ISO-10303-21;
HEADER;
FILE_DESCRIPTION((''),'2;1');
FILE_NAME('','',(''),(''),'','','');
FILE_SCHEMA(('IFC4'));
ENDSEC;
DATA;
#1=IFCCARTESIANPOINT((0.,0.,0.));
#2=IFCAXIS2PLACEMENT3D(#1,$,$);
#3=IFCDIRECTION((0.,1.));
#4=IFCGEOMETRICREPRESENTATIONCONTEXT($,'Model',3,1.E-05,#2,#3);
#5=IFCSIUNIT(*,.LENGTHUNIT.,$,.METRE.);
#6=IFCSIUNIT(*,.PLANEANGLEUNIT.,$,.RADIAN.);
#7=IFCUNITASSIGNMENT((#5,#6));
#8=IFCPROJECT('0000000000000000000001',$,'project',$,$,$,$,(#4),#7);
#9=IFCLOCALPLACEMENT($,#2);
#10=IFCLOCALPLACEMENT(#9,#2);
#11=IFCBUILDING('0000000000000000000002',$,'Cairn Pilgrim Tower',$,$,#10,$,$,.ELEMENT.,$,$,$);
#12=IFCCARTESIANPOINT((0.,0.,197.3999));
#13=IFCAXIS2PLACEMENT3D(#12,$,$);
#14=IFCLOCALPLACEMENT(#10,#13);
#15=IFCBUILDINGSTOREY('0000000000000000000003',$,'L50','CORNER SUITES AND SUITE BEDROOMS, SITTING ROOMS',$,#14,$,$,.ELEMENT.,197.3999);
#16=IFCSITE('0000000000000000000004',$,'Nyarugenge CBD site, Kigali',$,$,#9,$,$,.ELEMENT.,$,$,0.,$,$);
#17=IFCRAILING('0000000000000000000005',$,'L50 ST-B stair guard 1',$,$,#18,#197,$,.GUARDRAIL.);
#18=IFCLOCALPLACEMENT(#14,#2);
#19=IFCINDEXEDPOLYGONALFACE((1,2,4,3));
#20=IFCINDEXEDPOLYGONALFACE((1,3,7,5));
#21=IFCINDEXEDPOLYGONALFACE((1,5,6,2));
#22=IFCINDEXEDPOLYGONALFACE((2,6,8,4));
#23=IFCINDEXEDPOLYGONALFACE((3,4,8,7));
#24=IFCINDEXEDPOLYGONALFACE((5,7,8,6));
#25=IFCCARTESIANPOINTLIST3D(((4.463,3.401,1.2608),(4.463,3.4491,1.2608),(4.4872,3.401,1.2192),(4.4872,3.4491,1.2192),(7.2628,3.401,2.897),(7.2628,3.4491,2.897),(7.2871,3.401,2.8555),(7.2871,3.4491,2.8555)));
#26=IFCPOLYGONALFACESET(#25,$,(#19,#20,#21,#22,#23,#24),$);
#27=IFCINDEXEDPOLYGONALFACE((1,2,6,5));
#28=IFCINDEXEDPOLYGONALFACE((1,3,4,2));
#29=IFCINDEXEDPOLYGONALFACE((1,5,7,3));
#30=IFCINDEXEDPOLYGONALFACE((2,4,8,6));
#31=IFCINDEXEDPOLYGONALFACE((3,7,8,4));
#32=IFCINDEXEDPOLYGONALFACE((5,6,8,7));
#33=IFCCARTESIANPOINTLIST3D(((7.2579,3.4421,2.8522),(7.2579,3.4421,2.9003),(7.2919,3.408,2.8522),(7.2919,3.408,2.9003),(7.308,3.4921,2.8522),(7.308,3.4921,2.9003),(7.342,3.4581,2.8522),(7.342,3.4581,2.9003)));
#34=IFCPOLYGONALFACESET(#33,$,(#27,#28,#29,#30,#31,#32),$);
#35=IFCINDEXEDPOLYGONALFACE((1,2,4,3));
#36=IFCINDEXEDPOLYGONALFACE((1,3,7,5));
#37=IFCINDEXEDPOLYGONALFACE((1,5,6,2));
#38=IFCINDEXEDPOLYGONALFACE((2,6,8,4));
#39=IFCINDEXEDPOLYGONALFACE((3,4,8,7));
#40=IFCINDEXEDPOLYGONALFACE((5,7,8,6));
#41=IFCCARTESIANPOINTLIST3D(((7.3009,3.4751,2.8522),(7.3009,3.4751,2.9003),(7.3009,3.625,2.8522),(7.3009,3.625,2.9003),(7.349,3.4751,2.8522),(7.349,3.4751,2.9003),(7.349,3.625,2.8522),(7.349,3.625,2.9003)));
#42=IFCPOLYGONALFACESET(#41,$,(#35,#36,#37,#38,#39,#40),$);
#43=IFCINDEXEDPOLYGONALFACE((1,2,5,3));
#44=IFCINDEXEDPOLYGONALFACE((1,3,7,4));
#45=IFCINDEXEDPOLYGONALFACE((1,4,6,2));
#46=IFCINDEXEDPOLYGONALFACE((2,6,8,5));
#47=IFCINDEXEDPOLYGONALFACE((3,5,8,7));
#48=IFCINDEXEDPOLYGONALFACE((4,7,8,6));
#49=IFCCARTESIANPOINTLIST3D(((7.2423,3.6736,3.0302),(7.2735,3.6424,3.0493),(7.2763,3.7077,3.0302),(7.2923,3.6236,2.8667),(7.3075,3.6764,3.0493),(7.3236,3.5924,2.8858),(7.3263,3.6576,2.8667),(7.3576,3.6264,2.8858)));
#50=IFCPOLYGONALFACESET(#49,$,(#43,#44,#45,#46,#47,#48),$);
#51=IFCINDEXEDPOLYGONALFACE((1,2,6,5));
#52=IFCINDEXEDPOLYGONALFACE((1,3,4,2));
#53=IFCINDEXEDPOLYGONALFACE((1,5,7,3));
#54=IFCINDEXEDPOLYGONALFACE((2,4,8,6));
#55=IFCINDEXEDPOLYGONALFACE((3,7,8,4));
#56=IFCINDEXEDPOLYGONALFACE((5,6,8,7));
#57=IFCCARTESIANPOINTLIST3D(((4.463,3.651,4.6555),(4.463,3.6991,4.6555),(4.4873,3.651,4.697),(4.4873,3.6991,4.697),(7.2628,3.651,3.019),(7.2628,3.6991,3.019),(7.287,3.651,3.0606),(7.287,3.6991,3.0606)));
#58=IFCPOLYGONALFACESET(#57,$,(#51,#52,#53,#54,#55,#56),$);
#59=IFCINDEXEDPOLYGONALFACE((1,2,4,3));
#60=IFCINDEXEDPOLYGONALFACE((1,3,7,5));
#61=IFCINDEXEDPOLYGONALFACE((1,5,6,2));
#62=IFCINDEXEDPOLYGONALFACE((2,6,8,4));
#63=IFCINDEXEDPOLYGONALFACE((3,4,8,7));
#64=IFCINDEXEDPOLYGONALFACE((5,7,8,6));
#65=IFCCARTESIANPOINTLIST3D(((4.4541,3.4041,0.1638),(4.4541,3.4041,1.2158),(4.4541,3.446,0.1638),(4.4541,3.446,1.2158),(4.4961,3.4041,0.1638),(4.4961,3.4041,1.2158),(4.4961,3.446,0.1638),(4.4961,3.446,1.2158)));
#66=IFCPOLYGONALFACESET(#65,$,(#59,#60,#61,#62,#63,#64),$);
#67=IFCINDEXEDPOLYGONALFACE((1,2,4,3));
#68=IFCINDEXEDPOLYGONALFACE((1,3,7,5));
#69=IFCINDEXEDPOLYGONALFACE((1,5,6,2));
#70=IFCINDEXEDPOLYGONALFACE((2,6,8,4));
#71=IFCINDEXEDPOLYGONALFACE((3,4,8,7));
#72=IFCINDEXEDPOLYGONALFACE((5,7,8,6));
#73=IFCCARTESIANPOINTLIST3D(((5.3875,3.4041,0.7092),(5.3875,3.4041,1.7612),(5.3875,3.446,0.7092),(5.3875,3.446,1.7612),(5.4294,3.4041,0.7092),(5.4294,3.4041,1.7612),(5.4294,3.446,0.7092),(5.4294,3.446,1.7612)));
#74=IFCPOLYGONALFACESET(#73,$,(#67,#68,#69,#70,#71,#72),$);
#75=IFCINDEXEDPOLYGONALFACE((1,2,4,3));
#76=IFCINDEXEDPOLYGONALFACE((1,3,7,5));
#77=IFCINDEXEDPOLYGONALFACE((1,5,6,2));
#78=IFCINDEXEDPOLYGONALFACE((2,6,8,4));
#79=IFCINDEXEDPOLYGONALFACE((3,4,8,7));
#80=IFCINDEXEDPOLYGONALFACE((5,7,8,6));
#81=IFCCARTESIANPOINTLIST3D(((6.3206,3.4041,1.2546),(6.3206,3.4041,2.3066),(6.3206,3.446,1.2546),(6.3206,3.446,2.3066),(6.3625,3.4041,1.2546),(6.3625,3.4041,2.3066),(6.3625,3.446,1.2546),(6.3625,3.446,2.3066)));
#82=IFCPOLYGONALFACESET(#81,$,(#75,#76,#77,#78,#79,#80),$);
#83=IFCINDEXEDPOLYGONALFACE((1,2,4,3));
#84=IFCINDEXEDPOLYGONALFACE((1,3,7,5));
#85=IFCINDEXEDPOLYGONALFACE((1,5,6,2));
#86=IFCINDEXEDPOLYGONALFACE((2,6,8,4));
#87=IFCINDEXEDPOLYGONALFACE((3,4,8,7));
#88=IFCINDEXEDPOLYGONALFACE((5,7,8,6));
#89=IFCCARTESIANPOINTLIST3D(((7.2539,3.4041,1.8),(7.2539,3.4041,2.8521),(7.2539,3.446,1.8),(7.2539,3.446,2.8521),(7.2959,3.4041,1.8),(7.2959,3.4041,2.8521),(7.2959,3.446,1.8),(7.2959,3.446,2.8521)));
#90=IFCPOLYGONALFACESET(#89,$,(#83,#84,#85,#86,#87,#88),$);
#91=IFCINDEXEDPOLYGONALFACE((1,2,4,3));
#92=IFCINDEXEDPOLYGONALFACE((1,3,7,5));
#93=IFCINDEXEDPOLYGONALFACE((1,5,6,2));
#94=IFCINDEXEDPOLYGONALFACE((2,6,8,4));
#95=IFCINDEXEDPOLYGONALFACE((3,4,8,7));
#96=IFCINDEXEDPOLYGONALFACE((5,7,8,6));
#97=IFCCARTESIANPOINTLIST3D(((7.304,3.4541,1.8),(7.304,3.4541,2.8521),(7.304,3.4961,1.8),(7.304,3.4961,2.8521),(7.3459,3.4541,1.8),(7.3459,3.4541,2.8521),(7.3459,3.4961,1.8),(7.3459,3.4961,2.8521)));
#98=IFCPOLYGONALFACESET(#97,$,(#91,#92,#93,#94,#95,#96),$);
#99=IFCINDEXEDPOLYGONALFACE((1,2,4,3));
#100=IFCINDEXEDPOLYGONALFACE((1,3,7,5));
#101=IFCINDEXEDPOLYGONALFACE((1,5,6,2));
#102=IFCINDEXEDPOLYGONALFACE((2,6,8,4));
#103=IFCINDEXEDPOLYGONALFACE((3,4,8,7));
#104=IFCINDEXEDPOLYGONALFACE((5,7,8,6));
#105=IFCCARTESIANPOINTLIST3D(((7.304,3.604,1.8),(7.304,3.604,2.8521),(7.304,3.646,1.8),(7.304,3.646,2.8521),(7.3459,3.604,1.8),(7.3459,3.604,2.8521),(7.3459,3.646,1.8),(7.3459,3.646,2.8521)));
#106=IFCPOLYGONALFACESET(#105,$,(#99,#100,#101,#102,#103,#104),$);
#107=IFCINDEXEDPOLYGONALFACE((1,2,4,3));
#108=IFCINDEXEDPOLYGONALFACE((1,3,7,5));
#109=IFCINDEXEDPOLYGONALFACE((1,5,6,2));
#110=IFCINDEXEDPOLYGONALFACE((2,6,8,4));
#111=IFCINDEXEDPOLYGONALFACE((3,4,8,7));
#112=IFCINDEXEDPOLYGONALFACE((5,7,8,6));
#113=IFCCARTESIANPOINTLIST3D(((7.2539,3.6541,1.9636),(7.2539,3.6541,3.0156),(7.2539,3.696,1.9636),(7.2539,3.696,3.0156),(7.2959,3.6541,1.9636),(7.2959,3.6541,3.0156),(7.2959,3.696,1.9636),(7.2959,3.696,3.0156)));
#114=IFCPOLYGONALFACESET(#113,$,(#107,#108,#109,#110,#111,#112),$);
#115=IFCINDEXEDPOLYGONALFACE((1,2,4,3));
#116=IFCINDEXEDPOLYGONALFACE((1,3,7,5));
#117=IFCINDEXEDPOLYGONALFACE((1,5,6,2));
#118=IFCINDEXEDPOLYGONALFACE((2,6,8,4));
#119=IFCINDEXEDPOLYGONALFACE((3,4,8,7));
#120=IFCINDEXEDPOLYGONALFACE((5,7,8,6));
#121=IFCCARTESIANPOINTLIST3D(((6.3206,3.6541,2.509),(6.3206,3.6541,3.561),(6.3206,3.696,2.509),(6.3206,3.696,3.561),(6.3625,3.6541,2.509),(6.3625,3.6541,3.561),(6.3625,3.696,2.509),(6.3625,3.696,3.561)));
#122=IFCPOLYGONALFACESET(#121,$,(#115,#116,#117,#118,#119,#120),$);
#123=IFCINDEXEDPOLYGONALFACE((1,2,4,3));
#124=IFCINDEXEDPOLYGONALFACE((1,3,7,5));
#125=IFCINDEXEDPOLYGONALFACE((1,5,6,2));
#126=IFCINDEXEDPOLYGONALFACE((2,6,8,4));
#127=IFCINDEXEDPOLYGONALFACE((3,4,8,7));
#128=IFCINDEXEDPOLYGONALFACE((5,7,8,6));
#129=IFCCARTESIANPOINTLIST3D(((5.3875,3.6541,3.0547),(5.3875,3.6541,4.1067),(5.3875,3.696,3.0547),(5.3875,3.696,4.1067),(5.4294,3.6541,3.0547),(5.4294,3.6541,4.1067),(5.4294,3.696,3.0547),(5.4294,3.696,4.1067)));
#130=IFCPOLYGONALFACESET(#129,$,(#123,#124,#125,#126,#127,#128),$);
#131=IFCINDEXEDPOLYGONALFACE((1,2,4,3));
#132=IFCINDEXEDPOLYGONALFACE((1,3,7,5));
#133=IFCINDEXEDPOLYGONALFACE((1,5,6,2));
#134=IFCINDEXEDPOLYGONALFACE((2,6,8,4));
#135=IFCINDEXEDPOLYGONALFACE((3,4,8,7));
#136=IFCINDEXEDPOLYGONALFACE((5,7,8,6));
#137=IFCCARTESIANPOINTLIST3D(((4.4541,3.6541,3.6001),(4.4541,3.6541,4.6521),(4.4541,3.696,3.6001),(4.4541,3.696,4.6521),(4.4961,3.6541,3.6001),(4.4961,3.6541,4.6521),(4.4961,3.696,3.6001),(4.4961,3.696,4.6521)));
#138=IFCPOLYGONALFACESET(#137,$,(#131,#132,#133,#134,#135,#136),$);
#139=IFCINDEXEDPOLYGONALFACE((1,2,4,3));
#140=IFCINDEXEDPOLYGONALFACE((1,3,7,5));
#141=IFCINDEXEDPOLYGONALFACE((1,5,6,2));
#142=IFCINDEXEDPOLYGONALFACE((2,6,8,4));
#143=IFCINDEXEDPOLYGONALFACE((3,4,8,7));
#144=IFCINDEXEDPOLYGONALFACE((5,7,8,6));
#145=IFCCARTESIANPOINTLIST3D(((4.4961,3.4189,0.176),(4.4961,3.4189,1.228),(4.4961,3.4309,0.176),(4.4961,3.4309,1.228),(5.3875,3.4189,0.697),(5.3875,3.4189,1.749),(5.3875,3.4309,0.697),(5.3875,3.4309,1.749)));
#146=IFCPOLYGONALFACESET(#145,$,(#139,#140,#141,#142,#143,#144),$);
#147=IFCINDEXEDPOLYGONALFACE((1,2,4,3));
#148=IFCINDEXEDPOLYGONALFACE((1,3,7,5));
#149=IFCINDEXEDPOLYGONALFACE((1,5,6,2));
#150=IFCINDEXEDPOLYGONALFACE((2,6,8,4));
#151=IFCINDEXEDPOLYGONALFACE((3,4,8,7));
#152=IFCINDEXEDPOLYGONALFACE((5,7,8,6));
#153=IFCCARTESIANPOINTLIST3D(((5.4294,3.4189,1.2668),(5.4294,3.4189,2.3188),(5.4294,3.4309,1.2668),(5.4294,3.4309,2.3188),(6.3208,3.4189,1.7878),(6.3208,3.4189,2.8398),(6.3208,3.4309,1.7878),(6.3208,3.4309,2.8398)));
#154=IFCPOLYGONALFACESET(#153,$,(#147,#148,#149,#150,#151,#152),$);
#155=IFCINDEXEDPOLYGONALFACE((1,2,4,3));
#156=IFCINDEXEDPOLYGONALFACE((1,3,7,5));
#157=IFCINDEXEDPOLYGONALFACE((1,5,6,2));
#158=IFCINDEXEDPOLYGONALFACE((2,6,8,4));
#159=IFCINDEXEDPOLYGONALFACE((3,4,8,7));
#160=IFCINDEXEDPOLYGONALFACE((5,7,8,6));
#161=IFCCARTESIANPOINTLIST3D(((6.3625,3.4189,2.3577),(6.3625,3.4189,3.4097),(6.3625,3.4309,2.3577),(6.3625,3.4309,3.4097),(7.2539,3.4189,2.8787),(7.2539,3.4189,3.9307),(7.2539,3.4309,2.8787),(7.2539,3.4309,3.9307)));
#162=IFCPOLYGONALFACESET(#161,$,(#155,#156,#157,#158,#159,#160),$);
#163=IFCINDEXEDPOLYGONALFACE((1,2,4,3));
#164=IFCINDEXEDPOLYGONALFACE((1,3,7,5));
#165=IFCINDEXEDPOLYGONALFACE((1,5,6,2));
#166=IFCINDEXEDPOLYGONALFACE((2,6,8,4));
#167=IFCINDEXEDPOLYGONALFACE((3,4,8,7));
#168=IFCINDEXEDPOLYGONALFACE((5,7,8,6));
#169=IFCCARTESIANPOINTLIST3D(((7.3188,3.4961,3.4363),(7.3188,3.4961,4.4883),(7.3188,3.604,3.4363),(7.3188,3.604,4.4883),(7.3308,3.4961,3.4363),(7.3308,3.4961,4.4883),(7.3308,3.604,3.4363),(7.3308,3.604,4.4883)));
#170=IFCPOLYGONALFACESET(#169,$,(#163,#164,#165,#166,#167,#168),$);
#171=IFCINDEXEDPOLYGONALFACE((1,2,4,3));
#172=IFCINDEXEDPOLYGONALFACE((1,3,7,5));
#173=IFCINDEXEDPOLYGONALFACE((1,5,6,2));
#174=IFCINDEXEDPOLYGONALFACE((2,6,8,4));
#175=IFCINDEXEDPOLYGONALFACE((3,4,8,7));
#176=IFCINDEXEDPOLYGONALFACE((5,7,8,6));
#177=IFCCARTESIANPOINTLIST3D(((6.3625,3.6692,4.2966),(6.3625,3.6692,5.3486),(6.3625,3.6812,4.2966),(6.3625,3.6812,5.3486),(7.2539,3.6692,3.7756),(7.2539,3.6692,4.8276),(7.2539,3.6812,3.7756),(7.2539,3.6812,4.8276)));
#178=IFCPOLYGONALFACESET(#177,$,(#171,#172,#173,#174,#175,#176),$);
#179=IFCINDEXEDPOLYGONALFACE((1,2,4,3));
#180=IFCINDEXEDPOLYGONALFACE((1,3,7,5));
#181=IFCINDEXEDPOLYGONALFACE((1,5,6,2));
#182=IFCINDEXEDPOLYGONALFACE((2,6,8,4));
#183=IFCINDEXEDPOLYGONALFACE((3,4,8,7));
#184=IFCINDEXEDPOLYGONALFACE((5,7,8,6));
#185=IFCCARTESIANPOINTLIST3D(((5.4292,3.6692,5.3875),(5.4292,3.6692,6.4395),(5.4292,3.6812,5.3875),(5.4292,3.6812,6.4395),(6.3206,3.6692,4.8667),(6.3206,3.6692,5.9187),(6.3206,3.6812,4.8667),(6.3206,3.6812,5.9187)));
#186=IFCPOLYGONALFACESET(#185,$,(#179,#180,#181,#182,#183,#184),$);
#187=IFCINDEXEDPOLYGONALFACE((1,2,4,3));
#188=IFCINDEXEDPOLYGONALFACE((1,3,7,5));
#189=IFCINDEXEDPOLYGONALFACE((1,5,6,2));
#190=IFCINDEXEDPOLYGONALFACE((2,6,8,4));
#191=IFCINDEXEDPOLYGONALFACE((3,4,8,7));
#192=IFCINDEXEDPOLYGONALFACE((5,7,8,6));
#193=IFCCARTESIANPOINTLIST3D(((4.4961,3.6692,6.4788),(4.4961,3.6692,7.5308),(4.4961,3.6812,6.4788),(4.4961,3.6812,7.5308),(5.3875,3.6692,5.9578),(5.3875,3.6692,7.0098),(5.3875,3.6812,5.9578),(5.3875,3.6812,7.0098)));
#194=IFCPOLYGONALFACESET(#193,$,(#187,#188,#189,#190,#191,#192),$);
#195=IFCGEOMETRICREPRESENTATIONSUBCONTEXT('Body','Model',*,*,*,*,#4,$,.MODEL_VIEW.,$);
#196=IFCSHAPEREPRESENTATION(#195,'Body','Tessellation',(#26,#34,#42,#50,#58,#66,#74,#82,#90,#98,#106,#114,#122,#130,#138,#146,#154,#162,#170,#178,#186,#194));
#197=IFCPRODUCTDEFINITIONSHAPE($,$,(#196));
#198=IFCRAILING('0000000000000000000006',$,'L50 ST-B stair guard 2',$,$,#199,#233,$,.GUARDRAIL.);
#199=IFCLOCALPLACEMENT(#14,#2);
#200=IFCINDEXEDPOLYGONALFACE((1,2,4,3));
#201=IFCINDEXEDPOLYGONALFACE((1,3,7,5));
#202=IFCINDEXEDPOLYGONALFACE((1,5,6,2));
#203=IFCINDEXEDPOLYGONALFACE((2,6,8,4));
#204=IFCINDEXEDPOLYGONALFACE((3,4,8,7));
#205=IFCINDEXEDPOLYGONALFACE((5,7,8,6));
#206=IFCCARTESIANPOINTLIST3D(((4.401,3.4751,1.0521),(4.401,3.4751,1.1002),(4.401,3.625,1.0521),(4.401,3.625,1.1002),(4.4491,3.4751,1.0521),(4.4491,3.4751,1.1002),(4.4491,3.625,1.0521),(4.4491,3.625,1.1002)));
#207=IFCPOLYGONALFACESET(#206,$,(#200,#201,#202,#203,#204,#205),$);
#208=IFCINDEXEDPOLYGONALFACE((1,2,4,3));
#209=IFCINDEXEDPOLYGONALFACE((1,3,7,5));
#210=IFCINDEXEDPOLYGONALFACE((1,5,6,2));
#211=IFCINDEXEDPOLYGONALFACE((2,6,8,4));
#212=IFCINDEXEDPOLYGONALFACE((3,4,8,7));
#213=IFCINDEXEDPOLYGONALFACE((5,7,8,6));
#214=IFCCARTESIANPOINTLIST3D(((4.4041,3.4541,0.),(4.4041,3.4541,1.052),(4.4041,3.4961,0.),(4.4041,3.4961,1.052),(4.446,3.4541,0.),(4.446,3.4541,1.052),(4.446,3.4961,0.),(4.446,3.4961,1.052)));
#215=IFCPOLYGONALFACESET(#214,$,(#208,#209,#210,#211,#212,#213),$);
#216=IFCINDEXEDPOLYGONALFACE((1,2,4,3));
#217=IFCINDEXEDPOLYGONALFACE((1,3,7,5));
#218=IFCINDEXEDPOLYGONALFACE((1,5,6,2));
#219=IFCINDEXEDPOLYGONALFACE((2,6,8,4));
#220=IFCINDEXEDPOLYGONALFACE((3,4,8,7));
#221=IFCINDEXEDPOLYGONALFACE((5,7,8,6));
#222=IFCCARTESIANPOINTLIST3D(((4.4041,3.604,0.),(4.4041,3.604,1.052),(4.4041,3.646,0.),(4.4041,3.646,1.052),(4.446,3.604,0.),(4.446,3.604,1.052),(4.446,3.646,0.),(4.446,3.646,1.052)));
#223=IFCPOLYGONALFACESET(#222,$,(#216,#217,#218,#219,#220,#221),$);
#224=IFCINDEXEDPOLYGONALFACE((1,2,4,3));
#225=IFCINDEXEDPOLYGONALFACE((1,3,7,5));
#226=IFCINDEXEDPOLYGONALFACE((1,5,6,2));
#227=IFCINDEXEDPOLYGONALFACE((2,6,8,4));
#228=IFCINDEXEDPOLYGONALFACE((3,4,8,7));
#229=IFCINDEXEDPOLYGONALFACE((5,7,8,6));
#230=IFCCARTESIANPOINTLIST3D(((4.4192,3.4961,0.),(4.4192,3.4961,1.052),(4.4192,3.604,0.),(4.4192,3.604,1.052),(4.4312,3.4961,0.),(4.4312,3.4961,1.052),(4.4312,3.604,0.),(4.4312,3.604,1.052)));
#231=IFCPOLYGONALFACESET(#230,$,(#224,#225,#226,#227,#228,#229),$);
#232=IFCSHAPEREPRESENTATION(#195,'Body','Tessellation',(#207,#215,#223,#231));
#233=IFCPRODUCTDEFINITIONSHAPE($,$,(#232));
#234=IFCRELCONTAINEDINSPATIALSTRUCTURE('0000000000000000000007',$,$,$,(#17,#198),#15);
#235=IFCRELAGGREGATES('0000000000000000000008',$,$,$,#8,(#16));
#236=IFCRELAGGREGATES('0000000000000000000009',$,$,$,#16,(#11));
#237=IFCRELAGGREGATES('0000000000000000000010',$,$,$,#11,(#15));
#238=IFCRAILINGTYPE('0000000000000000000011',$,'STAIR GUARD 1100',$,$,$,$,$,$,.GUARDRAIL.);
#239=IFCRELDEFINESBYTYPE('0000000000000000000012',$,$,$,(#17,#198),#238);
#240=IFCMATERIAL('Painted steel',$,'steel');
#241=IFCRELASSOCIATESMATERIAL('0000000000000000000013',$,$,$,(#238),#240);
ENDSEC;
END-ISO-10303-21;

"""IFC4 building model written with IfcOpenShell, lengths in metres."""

from ifc_helpers import new_model, si_unit, direction, frame, origin, origin_2d, place, context, subcontext, project, spatial, polyline, rectangle, outline, extrude, material, type_object, element, save


model = new_model("IFC4")

# Units and contexts
model_context = context("Model", 3, precision=1e-05, world=origin(), true_north=direction((0.0, 1.0)))
body_context = subcontext(model_context, "Body", "Model", "MODEL_VIEW")
ifc_project = project(units=[si_unit("LENGTHUNIT", "METRE"), si_unit("PLANEANGLEUNIT", "RADIAN")], contexts=[model_context])

# Site, building, storey
site_placement = place(None, origin())
site = spatial("IfcSite", under=ifc_project, at=site_placement, Name="Nyarugenge CBD site, Kigali", CompositionType="ELEMENT", RefElevation=0.0)
building_placement = place(site_placement, origin())
building = spatial("IfcBuilding", under=site, at=building_placement, Name="Cairn Pilgrim Tower", CompositionType="ELEMENT")
storey_placement = place(building_placement, frame((0.0, 0.0, 197.3999)))
storey = spatial("IfcBuildingStorey", under=building, at=storey_placement, Name="L50", Description="CORNER SUITES AND SUITE BEDROOMS, SITTING ROOMS", CompositionType="ELEMENT", Elevation=197.3999)

# Shared definitions
ifc_material_1 = material(Name="Painted steel", Category="steel")

# Railings
railing_type_1 = type_object("IfcRailingType", Name="STAIR GUARD 1100", PredefinedType="GUARDRAIL", material=ifc_material_1)
railing_1_placement = place(storey_placement, frame((4.4751, 3.425, 0.1638)))
element("IfcRailing", 1, at=railing_1_placement, inside=storey, type_object=railing_type_1, Name="L50 ST-B stair guard 1", PredefinedType="GUARDRAIL", context=body_context, shape_type="SweptSolid", body=[
    extrude(rectangle(XDim=0.0481, YDim=0.0481, at=origin_2d()), frame((0.0, 0.0, 1.0762), z_axis=(0.863374, 0.0, 0.504564), x_axis=(0.0, 1.0, 0.0)), (0.0, 0.0, 1.0), 3.2429),
    extrude(rectangle(XDim=0.0481, YDim=0.0481, at=origin_2d()), frame((2.7998, 0.0, 2.7124), z_axis=(0.707107, 0.707107, 0.0), x_axis=(-0.707107, 0.707107, 0.0)), (0.0, 0.0, 1.0), 0.0708),
    extrude(rectangle(XDim=0.0481, YDim=0.0481, at=origin_2d()), frame((2.8499, 0.05, 2.7124), z_axis=(0.0, 1.0, 0.0), x_axis=(-1.0, 0.0, 0.0)), (0.0, 0.0, 1.0), 0.1499),
    extrude(rectangle(XDim=0.0481, YDim=0.0481, at=origin_2d()), frame((2.8499, 0.2, 2.7124), z_axis=(-0.280809, 0.280809, 0.917765), x_axis=(-0.707107, -0.707107, 0.0)), (0.0, 0.0, 1.0), 0.1782),
    extrude(rectangle(XDim=0.0481, YDim=0.0481, at=origin_2d()), frame((2.7998, 0.25, 2.876), z_axis=(-0.863342, 0.0, 0.50462), x_axis=(0.0, -1.0, 0.0)), (0.0, 0.0, 1.0), 3.2429),
    extrude(rectangle(XDim=0.042, YDim=0.042, at=origin_2d()), origin(), (0.0, 0.0, 1.0), 1.052),
    extrude(rectangle(XDim=0.042, YDim=0.042, at=origin_2d()), frame((0.9333, 0.0, 0.5454)), (0.0, 0.0, 1.0), 1.052),
    extrude(rectangle(XDim=0.042, YDim=0.042, at=origin_2d()), frame((1.8665, 0.0, 1.0908)), (0.0, 0.0, 1.0), 1.052),
    extrude(rectangle(XDim=0.042, YDim=0.042, at=origin_2d()), frame((2.7998, 0.0, 1.6362)), (0.0, 0.0, 1.0), 1.052),
    extrude(rectangle(XDim=0.042, YDim=0.042, at=origin_2d()), frame((2.8499, 0.05, 1.6362)), (0.0, 0.0, 1.0), 1.052),
    extrude(rectangle(XDim=0.042, YDim=0.042, at=origin_2d()), frame((2.8499, 0.2, 1.6362)), (0.0, 0.0, 1.0), 1.052),
    extrude(rectangle(XDim=0.042, YDim=0.042, at=origin_2d()), frame((2.7998, 0.25, 1.7998)), (0.0, 0.0, 1.0), 1.052),
    extrude(rectangle(XDim=0.042, YDim=0.042, at=origin_2d()), frame((1.8665, 0.25, 2.3452)), (0.0, 0.0, 1.0), 1.052),
    extrude(rectangle(XDim=0.042, YDim=0.042, at=origin_2d()), frame((0.9333, 0.25, 2.8909)), (0.0, 0.0, 1.0), 1.052),
    extrude(rectangle(XDim=0.042, YDim=0.042, at=origin_2d()), frame((0.0, 0.25, 3.4363)), (0.0, 0.0, 1.0), 1.052),
    extrude(outline(polyline([(0.021, 0.0122), (0.9124, 0.5332), (0.9124, 1.5852), (0.021, 1.0642), (0.021, 0.0122)])), frame((0.0, 0.0059, 0.0), z_axis=(0.0, -1.0, 0.0), x_axis=(1.0, 0.0, 0.0)), (0.0, 0.0, 1.0), 0.012),
    extrude(outline(polyline([(0.021, 0.5576), (0.9124, 1.0786), (0.9124, 2.1306), (0.021, 1.6096), (0.021, 0.5576)])), frame((0.9333, 0.0059, 0.5454), z_axis=(0.0, -1.0, 0.0), x_axis=(1.0, 0.0, 0.0)), (0.0, 0.0, 1.0), 0.012),
    extrude(outline(polyline([(0.021, 1.103), (0.9124, 1.624), (0.9124, 2.676), (0.021, 2.155), (0.021, 1.103)])), frame((1.8665, 0.0059, 1.0908), z_axis=(0.0, -1.0, 0.0), x_axis=(1.0, 0.0, 0.0)), (0.0, 0.0, 1.0), 0.012),
    extrude(outline(polyline([(0.021, 1.6362), (0.1289, 1.6362), (0.1289, 2.6882), (0.021, 2.6882), (0.021, 1.6362)])), frame((2.8438, 0.05, 1.6362), z_axis=(1.0, 0.0, 0.0), x_axis=(0.0, 1.0, 0.0)), (0.0, 0.0, 1.0), 0.012),
    extrude(outline(polyline([(0.021, 1.812), (0.9124, 2.333), (0.9124, 3.385), (0.021, 2.864), (0.021, 1.812)])), frame((2.7998, 0.2441, 1.7998), z_axis=(0.0, 1.0, 0.0), x_axis=(-1.0, 0.0, 0.0)), (0.0, 0.0, 1.0), 0.012),
    extrude(outline(polyline([(0.021, 2.3577), (0.9124, 2.8784), (0.9124, 3.9304), (0.021, 3.4097), (0.021, 2.3577)])), frame((1.8665, 0.2441, 2.3452), z_axis=(0.0, 1.0, 0.0), x_axis=(-1.0, 0.0, 0.0)), (0.0, 0.0, 1.0), 0.012),
    extrude(outline(polyline([(0.021, 2.9031), (0.9124, 3.4241), (0.9124, 4.4761), (0.021, 3.9551), (0.021, 2.9031)])), frame((0.9333, 0.2441, 2.8909), z_axis=(0.0, 1.0, 0.0), x_axis=(-1.0, 0.0, 0.0)), (0.0, 0.0, 1.0), 0.012),
])
railing_2_placement = place(storey_placement, frame((4.425, 3.4751, 0.0)))
element("IfcRailing", 2, at=railing_2_placement, inside=storey, type_object=railing_type_1, Name="L50 ST-B stair guard 2", PredefinedType="GUARDRAIL", context=body_context, shape_type="SweptSolid", body=[
    extrude(rectangle(XDim=0.0481, YDim=0.0481, at=origin_2d()), frame((0.0, 0.0, 1.0762), z_axis=(0.0, 1.0, 0.0), x_axis=(-1.0, 0.0, 0.0)), (0.0, 0.0, 1.0), 0.1499),
    extrude(rectangle(XDim=0.042, YDim=0.042, at=origin_2d()), origin(), (0.0, 0.0, 1.0), 1.052),
    extrude(rectangle(XDim=0.042, YDim=0.042, at=origin_2d()), frame((0.0, 0.1499, 0.0)), (0.0, 0.0, 1.0), 1.052),
    extrude(outline(polyline([(0.021, 0.0), (0.1289, 0.0), (0.1289, 1.052), (0.021, 1.052), (0.021, 0.0)])), frame((-0.0059, 0.0, 0.0), z_axis=(1.0, 0.0, 0.0), x_axis=(0.0, 1.0, 0.0)), (0.0, 0.0, 1.0), 0.012),
])

save(model, "model.ifc")
